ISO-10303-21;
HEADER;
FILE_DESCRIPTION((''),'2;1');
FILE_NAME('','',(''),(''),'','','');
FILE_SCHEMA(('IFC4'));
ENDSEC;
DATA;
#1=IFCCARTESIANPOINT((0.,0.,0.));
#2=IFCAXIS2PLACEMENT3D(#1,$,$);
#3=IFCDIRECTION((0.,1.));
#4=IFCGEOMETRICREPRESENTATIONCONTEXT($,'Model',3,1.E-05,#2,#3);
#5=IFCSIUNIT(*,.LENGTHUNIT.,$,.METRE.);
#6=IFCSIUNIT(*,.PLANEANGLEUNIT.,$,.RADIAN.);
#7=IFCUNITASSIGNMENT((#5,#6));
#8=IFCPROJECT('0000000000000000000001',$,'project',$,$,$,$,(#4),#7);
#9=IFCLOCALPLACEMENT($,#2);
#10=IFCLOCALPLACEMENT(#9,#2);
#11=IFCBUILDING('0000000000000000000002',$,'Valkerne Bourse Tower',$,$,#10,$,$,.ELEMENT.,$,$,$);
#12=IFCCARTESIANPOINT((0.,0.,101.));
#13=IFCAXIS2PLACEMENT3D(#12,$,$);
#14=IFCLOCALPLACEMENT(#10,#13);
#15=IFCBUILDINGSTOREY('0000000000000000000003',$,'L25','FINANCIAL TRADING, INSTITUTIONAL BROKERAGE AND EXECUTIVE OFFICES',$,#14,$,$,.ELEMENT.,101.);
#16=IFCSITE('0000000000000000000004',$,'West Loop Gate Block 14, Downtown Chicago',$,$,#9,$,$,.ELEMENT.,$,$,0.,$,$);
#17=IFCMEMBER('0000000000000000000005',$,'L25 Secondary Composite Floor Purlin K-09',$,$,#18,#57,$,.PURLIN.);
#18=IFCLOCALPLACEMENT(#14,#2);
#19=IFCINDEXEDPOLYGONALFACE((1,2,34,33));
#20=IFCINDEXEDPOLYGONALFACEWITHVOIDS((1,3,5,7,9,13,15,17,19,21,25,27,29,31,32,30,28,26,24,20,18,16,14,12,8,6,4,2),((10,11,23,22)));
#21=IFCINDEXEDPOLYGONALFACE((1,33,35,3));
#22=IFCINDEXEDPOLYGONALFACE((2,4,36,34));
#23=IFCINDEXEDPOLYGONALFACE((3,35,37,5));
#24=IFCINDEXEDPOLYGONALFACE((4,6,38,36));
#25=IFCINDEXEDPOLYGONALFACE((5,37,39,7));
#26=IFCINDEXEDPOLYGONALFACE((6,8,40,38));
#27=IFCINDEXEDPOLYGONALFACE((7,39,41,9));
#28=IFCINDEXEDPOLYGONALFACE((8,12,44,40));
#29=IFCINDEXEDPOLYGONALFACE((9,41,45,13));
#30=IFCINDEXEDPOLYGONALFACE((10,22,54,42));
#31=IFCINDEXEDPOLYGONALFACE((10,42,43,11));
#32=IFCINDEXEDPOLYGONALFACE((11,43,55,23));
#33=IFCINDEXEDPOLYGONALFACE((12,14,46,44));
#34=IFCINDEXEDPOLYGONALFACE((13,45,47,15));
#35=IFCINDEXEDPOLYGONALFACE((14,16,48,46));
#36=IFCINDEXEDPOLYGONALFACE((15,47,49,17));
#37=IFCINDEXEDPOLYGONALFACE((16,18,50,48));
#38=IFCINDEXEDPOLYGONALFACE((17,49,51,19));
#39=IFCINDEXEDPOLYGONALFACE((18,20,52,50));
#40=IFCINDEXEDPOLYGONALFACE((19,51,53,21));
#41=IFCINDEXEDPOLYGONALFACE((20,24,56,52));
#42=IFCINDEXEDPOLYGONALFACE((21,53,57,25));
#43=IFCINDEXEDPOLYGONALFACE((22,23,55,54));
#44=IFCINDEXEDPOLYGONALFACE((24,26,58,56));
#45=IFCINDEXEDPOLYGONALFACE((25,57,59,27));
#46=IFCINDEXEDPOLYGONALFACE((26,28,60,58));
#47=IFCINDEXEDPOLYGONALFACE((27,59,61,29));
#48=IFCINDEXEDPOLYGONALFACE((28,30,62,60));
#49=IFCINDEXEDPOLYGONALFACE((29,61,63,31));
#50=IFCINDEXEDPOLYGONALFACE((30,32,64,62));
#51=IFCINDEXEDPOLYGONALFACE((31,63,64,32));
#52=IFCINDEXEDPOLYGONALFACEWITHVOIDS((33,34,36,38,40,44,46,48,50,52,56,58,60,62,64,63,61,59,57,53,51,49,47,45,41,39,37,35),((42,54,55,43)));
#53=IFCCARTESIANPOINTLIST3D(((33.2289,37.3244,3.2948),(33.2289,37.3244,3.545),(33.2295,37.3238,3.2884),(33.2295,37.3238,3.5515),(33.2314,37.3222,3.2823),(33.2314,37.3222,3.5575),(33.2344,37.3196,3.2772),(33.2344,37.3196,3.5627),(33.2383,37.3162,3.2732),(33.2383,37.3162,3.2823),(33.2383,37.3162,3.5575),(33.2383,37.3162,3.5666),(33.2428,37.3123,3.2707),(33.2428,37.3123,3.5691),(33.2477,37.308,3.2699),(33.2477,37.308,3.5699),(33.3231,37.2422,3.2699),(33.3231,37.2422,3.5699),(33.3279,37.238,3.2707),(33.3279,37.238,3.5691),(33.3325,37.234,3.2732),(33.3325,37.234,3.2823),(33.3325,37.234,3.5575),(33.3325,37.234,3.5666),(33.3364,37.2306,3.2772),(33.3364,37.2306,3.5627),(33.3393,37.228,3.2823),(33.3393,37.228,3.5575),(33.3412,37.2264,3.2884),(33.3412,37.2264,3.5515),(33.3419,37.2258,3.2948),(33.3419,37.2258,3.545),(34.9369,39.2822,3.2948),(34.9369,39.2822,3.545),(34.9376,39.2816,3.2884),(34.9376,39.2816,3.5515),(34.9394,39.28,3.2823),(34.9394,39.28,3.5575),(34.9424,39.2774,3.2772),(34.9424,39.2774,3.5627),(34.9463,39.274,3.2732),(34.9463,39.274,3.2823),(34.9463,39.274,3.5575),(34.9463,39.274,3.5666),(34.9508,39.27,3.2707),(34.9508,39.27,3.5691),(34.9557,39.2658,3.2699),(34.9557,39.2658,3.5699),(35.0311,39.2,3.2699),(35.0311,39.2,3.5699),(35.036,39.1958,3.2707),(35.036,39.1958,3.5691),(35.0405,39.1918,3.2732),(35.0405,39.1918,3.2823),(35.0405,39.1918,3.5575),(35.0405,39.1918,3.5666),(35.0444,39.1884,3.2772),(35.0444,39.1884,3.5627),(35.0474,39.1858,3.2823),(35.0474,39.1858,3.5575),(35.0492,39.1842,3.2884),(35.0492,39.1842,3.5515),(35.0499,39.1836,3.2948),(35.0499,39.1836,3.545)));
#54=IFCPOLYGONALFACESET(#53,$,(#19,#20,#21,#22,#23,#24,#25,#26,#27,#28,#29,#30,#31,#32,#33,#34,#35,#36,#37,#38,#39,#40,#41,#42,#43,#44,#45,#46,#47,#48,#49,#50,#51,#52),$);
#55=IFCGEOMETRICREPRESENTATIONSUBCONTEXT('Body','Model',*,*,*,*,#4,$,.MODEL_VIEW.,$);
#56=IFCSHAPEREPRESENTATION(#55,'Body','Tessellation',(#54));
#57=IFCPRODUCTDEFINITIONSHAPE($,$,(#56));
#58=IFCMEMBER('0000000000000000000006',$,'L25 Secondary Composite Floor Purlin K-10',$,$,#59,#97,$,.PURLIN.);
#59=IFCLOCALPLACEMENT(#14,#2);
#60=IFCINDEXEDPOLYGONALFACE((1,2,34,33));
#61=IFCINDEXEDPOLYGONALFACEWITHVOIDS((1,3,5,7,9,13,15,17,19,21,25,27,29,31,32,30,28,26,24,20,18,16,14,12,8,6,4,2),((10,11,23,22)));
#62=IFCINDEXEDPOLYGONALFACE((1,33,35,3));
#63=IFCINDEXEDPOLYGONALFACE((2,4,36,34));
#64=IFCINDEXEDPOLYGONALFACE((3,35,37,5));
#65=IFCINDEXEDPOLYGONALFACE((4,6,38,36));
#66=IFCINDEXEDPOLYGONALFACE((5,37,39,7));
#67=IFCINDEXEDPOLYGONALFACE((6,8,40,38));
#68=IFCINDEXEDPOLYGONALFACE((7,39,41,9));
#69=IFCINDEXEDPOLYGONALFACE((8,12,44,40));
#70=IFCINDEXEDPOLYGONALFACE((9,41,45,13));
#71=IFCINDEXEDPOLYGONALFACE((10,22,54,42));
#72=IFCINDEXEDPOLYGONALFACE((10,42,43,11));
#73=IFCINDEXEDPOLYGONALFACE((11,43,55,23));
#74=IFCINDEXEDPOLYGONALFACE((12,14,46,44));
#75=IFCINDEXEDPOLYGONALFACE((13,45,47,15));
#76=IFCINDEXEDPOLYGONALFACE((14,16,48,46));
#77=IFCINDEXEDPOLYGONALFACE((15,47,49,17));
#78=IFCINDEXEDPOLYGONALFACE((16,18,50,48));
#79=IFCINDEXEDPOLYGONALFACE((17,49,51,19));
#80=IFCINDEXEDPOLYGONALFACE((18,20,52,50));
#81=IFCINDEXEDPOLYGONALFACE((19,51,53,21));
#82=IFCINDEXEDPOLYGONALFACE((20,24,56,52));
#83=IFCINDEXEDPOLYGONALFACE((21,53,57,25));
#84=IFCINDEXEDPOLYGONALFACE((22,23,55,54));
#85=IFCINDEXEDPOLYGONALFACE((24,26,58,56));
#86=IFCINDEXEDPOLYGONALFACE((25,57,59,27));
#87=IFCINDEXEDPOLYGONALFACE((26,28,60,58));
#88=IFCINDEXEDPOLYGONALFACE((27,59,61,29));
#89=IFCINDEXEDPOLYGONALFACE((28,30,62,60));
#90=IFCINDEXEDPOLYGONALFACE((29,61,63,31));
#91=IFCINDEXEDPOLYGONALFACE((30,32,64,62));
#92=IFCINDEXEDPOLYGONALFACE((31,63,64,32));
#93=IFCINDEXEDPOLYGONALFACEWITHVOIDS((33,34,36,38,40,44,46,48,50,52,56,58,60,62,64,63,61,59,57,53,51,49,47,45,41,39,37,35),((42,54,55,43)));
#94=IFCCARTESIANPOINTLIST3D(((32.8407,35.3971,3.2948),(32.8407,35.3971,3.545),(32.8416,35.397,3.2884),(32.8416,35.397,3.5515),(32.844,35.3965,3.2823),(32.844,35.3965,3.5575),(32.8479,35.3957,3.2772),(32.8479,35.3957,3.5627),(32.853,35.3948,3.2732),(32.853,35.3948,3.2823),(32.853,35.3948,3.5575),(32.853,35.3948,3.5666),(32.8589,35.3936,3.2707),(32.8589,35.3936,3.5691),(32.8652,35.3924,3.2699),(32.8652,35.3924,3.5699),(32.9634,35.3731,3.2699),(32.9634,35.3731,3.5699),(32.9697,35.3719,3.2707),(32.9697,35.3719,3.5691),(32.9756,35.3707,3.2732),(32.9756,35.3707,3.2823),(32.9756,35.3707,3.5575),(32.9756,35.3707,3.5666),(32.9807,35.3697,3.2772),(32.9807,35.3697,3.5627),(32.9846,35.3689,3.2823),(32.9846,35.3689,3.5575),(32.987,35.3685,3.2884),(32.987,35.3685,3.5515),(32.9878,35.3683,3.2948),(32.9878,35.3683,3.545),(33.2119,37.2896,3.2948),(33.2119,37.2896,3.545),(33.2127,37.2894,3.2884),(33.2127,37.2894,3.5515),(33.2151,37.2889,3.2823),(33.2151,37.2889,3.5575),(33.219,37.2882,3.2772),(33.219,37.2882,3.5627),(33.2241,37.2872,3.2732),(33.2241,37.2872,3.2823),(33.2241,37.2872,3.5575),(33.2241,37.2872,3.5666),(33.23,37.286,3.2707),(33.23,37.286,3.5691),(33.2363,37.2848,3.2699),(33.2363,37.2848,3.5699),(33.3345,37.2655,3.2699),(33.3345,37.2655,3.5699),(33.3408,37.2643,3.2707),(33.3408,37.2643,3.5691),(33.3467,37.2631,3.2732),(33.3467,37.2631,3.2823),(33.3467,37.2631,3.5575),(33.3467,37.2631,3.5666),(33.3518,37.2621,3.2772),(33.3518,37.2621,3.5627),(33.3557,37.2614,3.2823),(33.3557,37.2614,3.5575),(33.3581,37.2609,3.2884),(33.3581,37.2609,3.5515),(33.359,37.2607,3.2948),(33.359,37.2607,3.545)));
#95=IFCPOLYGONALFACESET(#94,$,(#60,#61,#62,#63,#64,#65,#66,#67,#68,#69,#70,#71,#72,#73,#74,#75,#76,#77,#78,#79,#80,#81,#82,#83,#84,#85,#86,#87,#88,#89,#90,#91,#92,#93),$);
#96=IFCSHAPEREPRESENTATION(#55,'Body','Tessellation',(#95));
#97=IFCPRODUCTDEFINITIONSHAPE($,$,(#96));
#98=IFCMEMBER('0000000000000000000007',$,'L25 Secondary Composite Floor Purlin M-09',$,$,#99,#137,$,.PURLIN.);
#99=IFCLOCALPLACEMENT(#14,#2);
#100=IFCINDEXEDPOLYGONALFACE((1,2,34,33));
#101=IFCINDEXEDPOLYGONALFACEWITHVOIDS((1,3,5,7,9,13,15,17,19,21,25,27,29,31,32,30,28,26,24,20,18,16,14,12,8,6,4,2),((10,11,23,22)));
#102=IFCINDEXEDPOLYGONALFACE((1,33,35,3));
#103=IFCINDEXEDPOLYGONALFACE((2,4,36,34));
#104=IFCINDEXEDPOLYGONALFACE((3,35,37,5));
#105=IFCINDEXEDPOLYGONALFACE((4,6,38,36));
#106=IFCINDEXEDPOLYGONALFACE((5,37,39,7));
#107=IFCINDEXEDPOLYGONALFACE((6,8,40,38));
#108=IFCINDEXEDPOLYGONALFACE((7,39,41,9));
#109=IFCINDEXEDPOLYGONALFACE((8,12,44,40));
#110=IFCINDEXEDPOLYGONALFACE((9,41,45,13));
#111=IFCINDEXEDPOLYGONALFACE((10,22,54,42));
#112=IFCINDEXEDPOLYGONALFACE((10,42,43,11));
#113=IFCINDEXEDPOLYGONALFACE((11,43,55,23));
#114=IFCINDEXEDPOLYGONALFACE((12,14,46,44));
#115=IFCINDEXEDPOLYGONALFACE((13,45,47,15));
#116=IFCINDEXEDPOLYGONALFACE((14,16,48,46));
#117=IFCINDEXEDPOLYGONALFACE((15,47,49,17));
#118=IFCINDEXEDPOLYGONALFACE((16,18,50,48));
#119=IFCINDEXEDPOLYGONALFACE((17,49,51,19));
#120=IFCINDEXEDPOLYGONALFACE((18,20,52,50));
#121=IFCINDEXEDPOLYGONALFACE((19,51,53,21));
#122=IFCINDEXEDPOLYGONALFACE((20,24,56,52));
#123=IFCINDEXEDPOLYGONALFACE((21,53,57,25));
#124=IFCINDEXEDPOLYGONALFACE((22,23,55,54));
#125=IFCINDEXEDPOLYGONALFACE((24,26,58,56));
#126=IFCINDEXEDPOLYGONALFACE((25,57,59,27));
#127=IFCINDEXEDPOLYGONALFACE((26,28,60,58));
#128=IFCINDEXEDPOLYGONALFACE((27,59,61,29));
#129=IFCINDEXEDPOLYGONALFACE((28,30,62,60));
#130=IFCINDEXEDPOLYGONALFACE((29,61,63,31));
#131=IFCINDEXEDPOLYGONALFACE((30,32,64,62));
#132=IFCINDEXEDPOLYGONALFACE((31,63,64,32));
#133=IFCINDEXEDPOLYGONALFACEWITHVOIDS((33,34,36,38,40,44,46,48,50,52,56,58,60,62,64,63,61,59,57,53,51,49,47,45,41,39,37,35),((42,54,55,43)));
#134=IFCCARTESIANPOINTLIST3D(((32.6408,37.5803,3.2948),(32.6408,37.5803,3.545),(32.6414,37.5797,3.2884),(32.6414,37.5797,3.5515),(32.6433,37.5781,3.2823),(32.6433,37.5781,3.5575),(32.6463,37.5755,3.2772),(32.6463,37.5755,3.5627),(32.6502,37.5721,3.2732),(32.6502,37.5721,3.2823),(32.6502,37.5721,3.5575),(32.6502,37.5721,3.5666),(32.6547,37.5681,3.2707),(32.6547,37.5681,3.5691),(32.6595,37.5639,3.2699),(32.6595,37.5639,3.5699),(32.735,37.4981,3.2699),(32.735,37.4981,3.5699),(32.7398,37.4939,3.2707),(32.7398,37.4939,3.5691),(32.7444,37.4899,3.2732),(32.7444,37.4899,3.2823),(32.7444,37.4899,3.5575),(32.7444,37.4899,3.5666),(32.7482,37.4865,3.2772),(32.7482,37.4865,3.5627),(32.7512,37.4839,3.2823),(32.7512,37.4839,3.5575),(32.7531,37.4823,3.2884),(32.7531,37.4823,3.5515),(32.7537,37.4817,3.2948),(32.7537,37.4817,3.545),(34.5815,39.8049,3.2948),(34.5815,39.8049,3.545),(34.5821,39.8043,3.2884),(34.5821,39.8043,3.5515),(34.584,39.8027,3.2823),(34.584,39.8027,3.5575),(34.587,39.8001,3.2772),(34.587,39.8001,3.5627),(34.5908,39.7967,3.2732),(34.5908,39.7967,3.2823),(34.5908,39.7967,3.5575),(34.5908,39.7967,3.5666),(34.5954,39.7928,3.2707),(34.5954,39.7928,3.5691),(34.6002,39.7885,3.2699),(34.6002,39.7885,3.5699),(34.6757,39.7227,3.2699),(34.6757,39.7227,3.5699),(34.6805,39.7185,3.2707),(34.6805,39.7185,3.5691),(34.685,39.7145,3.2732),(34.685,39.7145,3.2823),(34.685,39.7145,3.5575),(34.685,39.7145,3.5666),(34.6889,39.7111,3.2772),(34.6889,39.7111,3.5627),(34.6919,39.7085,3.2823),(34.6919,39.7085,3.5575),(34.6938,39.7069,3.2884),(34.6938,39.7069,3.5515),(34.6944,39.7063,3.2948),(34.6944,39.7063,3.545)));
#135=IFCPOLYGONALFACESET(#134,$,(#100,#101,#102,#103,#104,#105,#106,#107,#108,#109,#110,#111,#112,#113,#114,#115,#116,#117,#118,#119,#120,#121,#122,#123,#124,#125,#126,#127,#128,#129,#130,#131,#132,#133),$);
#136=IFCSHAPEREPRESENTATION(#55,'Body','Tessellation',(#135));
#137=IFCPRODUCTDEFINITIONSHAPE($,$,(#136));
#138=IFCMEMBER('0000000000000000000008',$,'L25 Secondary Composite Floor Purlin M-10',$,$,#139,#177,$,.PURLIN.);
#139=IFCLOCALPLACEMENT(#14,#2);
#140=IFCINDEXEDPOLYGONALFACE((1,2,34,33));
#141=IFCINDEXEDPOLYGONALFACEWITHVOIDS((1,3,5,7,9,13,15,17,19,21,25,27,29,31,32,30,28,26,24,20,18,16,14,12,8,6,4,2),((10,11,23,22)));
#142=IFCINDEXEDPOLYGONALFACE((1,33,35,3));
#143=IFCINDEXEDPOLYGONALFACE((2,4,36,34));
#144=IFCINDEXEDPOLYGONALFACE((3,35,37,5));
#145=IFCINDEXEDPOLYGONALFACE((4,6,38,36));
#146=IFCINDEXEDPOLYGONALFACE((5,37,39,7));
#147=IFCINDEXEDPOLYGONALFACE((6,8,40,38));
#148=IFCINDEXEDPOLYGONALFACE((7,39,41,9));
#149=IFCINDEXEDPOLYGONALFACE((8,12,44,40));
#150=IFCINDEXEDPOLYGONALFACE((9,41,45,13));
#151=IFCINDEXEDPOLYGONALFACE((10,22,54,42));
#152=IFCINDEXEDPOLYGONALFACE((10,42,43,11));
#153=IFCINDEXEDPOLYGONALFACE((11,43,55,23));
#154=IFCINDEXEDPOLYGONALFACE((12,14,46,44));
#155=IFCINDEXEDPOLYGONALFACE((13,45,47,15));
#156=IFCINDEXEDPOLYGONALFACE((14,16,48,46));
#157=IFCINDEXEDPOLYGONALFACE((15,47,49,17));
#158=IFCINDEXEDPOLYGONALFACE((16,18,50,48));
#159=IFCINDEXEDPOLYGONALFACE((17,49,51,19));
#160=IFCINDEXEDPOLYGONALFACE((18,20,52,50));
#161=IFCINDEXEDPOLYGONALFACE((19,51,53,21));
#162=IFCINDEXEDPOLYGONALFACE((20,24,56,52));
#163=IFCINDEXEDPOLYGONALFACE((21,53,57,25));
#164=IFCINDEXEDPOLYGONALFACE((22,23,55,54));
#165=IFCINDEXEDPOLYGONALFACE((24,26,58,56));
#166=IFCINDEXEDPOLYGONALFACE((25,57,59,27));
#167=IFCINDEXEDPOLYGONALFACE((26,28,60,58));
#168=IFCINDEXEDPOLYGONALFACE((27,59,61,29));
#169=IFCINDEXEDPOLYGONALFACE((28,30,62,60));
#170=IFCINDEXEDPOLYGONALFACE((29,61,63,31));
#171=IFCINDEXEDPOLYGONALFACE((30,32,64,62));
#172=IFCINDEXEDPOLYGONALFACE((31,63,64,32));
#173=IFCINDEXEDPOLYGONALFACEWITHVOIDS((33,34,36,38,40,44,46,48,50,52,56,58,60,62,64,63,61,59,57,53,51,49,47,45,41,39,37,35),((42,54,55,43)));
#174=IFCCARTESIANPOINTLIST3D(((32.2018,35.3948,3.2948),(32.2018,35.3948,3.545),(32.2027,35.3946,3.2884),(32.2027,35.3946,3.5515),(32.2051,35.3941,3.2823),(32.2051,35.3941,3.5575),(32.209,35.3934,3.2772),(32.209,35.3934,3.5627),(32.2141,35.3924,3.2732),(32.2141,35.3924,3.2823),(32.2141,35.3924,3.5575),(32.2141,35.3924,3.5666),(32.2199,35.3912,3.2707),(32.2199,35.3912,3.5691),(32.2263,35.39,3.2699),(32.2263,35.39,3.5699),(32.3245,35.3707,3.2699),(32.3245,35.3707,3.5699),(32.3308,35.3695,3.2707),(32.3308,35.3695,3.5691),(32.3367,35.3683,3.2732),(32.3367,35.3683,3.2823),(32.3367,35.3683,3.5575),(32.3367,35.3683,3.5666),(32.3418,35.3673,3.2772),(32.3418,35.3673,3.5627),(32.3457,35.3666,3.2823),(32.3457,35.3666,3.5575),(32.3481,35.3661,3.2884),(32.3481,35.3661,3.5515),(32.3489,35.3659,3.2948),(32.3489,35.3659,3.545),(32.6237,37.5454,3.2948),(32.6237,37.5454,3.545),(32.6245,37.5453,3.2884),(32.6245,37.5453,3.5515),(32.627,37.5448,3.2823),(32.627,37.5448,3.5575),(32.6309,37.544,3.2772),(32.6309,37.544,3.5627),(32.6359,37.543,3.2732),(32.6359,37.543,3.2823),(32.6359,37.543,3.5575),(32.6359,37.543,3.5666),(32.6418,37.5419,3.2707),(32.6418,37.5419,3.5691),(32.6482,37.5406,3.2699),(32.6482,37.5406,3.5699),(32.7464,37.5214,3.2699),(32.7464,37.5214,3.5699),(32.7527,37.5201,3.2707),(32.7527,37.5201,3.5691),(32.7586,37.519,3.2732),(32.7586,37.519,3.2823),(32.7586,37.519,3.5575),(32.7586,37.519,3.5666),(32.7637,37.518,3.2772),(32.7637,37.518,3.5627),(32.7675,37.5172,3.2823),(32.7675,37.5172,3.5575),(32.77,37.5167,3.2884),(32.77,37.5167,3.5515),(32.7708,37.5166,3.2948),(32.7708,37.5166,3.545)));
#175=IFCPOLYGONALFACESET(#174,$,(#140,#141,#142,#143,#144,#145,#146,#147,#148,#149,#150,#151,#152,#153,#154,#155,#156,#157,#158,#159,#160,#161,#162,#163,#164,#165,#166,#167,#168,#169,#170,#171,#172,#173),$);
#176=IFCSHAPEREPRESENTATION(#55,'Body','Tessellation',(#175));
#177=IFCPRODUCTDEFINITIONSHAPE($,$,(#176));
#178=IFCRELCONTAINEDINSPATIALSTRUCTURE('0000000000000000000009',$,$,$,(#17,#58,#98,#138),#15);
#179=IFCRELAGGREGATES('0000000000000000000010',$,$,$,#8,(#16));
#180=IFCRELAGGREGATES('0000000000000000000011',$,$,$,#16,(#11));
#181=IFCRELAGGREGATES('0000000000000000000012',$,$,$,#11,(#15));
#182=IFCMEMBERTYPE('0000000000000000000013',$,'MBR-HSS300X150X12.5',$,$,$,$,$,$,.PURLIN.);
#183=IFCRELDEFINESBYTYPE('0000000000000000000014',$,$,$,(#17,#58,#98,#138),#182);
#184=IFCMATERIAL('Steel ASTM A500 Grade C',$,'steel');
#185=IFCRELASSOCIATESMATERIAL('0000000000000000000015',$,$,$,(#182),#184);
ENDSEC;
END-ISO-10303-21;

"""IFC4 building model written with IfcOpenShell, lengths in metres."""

from ifc_helpers import new_model, si_unit, direction, frame, origin, origin_2d, place, context, subcontext, project, spatial, hollow_rectangle, extrude, material, material_profile, profile_set, type_object, element, save


model = new_model("IFC4")

# Units and contexts
model_context = context("Model", 3, precision=1e-05, world=origin(), true_north=direction((0.0, 1.0)))
body_context = subcontext(model_context, "Body", "Model", "MODEL_VIEW")
ifc_project = project(units=[si_unit("LENGTHUNIT", "METRE"), si_unit("PLANEANGLEUNIT", "RADIAN")], contexts=[model_context])

# Site, building, storey
site_placement = place(None, origin())
site = spatial("IfcSite", under=ifc_project, at=site_placement, Name="West Loop Gate Block 14, Downtown Chicago", CompositionType="ELEMENT", RefElevation=0.0)
building_placement = place(site_placement, origin())
building = spatial("IfcBuilding", under=site, at=building_placement, Name="Valkerne Bourse Tower", CompositionType="ELEMENT")
storey_placement = place(building_placement, frame((0.0, 0.0, 101.0)))
storey = spatial("IfcBuildingStorey", under=building, at=storey_placement, Name="L25", Description="FINANCIAL TRADING, INSTITUTIONAL BROKERAGE AND EXECUTIVE OFFICES", CompositionType="ELEMENT", Elevation=101.0)

# Members
ifc_material_1 = material(Name="Steel ASTM A500 Grade C", Category="steel")
ifc_material_profile_1 = material_profile(ifc_material_1, hollow_rectangle(XDim=0.1499, YDim=0.3, WallThickness=0.0125, OuterFilletRadius=0.0249, at=origin_2d()), Name="HSS300X150X12.5")
ifc_profile_set_1 = profile_set([ifc_material_profile_1], Name="Steel ASTM A500 Grade C")
member_type_1 = type_object("IfcMemberType", Name="MBR-HSS300X150X12.5", PredefinedType="PURLIN", material=ifc_profile_set_1)
member_1_placement = place(storey_placement, frame((34.9934, 39.2329, 3.4199), z_axis=(-0.657406, -0.753536, 0.0), x_axis=(0.753536, -0.657406, 0.0)))
element("IfcMember", 1, at=member_1_placement, inside=storey, type_object=member_type_1, Name="L25 Secondary Composite Floor Purlin K-09", PredefinedType="PURLIN", context=body_context, shape_type="SweptSolid", body=[
    extrude(hollow_rectangle(XDim=0.1499, YDim=0.3, WallThickness=0.0125, OuterFilletRadius=0.0249, at=origin_2d()), origin(), (0.0, 0.0, 1.0), 2.5981),
])
member_2_placement = place(storey_placement, frame((33.2854, 37.2751, 3.4199), z_axis=(-0.192438, -0.981309, 0.0), x_axis=(0.981309, -0.192438, 0.0)))
element("IfcMember", 2, at=member_2_placement, inside=storey, type_object=member_type_1, Name="L25 Secondary Composite Floor Purlin K-10", PredefinedType="PURLIN", context=body_context, shape_type="SweptSolid", body=[
    extrude(hollow_rectangle(XDim=0.1499, YDim=0.3, WallThickness=0.0125, OuterFilletRadius=0.0249, at=origin_2d()), origin(), (0.0, 0.0, 1.0), 1.9285),
])
member_3_placement = place(storey_placement, frame((34.6379, 39.7556, 3.4199), z_axis=(-0.65738, -0.753559, 0.0), x_axis=(0.753559, -0.65738, 0.0)))
element("IfcMember", 3, at=member_3_placement, inside=storey, type_object=member_type_1, Name="L25 Secondary Composite Floor Purlin M-09", PredefinedType="PURLIN", context=body_context, shape_type="SweptSolid", body=[
    extrude(hollow_rectangle(XDim=0.1499, YDim=0.3, WallThickness=0.0125, OuterFilletRadius=0.0249, at=origin_2d()), origin(), (0.0, 0.0, 1.0), 2.9521),
])
member_4_placement = place(storey_placement, frame((32.6973, 37.531, 3.4199), z_axis=(-0.192494, -0.981298, 0.0), x_axis=(0.981298, -0.192494, 0.0)))
element("IfcMember", 4, at=member_4_placement, inside=storey, type_object=member_type_1, Name="L25 Secondary Composite Floor Purlin M-10", PredefinedType="PURLIN", context=body_context, shape_type="SweptSolid", body=[
    extrude(hollow_rectangle(XDim=0.1499, YDim=0.3, WallThickness=0.0125, OuterFilletRadius=0.0249, at=origin_2d()), origin(), (0.0, 0.0, 1.0), 2.1917),
])

save(model, "model.ifc")
